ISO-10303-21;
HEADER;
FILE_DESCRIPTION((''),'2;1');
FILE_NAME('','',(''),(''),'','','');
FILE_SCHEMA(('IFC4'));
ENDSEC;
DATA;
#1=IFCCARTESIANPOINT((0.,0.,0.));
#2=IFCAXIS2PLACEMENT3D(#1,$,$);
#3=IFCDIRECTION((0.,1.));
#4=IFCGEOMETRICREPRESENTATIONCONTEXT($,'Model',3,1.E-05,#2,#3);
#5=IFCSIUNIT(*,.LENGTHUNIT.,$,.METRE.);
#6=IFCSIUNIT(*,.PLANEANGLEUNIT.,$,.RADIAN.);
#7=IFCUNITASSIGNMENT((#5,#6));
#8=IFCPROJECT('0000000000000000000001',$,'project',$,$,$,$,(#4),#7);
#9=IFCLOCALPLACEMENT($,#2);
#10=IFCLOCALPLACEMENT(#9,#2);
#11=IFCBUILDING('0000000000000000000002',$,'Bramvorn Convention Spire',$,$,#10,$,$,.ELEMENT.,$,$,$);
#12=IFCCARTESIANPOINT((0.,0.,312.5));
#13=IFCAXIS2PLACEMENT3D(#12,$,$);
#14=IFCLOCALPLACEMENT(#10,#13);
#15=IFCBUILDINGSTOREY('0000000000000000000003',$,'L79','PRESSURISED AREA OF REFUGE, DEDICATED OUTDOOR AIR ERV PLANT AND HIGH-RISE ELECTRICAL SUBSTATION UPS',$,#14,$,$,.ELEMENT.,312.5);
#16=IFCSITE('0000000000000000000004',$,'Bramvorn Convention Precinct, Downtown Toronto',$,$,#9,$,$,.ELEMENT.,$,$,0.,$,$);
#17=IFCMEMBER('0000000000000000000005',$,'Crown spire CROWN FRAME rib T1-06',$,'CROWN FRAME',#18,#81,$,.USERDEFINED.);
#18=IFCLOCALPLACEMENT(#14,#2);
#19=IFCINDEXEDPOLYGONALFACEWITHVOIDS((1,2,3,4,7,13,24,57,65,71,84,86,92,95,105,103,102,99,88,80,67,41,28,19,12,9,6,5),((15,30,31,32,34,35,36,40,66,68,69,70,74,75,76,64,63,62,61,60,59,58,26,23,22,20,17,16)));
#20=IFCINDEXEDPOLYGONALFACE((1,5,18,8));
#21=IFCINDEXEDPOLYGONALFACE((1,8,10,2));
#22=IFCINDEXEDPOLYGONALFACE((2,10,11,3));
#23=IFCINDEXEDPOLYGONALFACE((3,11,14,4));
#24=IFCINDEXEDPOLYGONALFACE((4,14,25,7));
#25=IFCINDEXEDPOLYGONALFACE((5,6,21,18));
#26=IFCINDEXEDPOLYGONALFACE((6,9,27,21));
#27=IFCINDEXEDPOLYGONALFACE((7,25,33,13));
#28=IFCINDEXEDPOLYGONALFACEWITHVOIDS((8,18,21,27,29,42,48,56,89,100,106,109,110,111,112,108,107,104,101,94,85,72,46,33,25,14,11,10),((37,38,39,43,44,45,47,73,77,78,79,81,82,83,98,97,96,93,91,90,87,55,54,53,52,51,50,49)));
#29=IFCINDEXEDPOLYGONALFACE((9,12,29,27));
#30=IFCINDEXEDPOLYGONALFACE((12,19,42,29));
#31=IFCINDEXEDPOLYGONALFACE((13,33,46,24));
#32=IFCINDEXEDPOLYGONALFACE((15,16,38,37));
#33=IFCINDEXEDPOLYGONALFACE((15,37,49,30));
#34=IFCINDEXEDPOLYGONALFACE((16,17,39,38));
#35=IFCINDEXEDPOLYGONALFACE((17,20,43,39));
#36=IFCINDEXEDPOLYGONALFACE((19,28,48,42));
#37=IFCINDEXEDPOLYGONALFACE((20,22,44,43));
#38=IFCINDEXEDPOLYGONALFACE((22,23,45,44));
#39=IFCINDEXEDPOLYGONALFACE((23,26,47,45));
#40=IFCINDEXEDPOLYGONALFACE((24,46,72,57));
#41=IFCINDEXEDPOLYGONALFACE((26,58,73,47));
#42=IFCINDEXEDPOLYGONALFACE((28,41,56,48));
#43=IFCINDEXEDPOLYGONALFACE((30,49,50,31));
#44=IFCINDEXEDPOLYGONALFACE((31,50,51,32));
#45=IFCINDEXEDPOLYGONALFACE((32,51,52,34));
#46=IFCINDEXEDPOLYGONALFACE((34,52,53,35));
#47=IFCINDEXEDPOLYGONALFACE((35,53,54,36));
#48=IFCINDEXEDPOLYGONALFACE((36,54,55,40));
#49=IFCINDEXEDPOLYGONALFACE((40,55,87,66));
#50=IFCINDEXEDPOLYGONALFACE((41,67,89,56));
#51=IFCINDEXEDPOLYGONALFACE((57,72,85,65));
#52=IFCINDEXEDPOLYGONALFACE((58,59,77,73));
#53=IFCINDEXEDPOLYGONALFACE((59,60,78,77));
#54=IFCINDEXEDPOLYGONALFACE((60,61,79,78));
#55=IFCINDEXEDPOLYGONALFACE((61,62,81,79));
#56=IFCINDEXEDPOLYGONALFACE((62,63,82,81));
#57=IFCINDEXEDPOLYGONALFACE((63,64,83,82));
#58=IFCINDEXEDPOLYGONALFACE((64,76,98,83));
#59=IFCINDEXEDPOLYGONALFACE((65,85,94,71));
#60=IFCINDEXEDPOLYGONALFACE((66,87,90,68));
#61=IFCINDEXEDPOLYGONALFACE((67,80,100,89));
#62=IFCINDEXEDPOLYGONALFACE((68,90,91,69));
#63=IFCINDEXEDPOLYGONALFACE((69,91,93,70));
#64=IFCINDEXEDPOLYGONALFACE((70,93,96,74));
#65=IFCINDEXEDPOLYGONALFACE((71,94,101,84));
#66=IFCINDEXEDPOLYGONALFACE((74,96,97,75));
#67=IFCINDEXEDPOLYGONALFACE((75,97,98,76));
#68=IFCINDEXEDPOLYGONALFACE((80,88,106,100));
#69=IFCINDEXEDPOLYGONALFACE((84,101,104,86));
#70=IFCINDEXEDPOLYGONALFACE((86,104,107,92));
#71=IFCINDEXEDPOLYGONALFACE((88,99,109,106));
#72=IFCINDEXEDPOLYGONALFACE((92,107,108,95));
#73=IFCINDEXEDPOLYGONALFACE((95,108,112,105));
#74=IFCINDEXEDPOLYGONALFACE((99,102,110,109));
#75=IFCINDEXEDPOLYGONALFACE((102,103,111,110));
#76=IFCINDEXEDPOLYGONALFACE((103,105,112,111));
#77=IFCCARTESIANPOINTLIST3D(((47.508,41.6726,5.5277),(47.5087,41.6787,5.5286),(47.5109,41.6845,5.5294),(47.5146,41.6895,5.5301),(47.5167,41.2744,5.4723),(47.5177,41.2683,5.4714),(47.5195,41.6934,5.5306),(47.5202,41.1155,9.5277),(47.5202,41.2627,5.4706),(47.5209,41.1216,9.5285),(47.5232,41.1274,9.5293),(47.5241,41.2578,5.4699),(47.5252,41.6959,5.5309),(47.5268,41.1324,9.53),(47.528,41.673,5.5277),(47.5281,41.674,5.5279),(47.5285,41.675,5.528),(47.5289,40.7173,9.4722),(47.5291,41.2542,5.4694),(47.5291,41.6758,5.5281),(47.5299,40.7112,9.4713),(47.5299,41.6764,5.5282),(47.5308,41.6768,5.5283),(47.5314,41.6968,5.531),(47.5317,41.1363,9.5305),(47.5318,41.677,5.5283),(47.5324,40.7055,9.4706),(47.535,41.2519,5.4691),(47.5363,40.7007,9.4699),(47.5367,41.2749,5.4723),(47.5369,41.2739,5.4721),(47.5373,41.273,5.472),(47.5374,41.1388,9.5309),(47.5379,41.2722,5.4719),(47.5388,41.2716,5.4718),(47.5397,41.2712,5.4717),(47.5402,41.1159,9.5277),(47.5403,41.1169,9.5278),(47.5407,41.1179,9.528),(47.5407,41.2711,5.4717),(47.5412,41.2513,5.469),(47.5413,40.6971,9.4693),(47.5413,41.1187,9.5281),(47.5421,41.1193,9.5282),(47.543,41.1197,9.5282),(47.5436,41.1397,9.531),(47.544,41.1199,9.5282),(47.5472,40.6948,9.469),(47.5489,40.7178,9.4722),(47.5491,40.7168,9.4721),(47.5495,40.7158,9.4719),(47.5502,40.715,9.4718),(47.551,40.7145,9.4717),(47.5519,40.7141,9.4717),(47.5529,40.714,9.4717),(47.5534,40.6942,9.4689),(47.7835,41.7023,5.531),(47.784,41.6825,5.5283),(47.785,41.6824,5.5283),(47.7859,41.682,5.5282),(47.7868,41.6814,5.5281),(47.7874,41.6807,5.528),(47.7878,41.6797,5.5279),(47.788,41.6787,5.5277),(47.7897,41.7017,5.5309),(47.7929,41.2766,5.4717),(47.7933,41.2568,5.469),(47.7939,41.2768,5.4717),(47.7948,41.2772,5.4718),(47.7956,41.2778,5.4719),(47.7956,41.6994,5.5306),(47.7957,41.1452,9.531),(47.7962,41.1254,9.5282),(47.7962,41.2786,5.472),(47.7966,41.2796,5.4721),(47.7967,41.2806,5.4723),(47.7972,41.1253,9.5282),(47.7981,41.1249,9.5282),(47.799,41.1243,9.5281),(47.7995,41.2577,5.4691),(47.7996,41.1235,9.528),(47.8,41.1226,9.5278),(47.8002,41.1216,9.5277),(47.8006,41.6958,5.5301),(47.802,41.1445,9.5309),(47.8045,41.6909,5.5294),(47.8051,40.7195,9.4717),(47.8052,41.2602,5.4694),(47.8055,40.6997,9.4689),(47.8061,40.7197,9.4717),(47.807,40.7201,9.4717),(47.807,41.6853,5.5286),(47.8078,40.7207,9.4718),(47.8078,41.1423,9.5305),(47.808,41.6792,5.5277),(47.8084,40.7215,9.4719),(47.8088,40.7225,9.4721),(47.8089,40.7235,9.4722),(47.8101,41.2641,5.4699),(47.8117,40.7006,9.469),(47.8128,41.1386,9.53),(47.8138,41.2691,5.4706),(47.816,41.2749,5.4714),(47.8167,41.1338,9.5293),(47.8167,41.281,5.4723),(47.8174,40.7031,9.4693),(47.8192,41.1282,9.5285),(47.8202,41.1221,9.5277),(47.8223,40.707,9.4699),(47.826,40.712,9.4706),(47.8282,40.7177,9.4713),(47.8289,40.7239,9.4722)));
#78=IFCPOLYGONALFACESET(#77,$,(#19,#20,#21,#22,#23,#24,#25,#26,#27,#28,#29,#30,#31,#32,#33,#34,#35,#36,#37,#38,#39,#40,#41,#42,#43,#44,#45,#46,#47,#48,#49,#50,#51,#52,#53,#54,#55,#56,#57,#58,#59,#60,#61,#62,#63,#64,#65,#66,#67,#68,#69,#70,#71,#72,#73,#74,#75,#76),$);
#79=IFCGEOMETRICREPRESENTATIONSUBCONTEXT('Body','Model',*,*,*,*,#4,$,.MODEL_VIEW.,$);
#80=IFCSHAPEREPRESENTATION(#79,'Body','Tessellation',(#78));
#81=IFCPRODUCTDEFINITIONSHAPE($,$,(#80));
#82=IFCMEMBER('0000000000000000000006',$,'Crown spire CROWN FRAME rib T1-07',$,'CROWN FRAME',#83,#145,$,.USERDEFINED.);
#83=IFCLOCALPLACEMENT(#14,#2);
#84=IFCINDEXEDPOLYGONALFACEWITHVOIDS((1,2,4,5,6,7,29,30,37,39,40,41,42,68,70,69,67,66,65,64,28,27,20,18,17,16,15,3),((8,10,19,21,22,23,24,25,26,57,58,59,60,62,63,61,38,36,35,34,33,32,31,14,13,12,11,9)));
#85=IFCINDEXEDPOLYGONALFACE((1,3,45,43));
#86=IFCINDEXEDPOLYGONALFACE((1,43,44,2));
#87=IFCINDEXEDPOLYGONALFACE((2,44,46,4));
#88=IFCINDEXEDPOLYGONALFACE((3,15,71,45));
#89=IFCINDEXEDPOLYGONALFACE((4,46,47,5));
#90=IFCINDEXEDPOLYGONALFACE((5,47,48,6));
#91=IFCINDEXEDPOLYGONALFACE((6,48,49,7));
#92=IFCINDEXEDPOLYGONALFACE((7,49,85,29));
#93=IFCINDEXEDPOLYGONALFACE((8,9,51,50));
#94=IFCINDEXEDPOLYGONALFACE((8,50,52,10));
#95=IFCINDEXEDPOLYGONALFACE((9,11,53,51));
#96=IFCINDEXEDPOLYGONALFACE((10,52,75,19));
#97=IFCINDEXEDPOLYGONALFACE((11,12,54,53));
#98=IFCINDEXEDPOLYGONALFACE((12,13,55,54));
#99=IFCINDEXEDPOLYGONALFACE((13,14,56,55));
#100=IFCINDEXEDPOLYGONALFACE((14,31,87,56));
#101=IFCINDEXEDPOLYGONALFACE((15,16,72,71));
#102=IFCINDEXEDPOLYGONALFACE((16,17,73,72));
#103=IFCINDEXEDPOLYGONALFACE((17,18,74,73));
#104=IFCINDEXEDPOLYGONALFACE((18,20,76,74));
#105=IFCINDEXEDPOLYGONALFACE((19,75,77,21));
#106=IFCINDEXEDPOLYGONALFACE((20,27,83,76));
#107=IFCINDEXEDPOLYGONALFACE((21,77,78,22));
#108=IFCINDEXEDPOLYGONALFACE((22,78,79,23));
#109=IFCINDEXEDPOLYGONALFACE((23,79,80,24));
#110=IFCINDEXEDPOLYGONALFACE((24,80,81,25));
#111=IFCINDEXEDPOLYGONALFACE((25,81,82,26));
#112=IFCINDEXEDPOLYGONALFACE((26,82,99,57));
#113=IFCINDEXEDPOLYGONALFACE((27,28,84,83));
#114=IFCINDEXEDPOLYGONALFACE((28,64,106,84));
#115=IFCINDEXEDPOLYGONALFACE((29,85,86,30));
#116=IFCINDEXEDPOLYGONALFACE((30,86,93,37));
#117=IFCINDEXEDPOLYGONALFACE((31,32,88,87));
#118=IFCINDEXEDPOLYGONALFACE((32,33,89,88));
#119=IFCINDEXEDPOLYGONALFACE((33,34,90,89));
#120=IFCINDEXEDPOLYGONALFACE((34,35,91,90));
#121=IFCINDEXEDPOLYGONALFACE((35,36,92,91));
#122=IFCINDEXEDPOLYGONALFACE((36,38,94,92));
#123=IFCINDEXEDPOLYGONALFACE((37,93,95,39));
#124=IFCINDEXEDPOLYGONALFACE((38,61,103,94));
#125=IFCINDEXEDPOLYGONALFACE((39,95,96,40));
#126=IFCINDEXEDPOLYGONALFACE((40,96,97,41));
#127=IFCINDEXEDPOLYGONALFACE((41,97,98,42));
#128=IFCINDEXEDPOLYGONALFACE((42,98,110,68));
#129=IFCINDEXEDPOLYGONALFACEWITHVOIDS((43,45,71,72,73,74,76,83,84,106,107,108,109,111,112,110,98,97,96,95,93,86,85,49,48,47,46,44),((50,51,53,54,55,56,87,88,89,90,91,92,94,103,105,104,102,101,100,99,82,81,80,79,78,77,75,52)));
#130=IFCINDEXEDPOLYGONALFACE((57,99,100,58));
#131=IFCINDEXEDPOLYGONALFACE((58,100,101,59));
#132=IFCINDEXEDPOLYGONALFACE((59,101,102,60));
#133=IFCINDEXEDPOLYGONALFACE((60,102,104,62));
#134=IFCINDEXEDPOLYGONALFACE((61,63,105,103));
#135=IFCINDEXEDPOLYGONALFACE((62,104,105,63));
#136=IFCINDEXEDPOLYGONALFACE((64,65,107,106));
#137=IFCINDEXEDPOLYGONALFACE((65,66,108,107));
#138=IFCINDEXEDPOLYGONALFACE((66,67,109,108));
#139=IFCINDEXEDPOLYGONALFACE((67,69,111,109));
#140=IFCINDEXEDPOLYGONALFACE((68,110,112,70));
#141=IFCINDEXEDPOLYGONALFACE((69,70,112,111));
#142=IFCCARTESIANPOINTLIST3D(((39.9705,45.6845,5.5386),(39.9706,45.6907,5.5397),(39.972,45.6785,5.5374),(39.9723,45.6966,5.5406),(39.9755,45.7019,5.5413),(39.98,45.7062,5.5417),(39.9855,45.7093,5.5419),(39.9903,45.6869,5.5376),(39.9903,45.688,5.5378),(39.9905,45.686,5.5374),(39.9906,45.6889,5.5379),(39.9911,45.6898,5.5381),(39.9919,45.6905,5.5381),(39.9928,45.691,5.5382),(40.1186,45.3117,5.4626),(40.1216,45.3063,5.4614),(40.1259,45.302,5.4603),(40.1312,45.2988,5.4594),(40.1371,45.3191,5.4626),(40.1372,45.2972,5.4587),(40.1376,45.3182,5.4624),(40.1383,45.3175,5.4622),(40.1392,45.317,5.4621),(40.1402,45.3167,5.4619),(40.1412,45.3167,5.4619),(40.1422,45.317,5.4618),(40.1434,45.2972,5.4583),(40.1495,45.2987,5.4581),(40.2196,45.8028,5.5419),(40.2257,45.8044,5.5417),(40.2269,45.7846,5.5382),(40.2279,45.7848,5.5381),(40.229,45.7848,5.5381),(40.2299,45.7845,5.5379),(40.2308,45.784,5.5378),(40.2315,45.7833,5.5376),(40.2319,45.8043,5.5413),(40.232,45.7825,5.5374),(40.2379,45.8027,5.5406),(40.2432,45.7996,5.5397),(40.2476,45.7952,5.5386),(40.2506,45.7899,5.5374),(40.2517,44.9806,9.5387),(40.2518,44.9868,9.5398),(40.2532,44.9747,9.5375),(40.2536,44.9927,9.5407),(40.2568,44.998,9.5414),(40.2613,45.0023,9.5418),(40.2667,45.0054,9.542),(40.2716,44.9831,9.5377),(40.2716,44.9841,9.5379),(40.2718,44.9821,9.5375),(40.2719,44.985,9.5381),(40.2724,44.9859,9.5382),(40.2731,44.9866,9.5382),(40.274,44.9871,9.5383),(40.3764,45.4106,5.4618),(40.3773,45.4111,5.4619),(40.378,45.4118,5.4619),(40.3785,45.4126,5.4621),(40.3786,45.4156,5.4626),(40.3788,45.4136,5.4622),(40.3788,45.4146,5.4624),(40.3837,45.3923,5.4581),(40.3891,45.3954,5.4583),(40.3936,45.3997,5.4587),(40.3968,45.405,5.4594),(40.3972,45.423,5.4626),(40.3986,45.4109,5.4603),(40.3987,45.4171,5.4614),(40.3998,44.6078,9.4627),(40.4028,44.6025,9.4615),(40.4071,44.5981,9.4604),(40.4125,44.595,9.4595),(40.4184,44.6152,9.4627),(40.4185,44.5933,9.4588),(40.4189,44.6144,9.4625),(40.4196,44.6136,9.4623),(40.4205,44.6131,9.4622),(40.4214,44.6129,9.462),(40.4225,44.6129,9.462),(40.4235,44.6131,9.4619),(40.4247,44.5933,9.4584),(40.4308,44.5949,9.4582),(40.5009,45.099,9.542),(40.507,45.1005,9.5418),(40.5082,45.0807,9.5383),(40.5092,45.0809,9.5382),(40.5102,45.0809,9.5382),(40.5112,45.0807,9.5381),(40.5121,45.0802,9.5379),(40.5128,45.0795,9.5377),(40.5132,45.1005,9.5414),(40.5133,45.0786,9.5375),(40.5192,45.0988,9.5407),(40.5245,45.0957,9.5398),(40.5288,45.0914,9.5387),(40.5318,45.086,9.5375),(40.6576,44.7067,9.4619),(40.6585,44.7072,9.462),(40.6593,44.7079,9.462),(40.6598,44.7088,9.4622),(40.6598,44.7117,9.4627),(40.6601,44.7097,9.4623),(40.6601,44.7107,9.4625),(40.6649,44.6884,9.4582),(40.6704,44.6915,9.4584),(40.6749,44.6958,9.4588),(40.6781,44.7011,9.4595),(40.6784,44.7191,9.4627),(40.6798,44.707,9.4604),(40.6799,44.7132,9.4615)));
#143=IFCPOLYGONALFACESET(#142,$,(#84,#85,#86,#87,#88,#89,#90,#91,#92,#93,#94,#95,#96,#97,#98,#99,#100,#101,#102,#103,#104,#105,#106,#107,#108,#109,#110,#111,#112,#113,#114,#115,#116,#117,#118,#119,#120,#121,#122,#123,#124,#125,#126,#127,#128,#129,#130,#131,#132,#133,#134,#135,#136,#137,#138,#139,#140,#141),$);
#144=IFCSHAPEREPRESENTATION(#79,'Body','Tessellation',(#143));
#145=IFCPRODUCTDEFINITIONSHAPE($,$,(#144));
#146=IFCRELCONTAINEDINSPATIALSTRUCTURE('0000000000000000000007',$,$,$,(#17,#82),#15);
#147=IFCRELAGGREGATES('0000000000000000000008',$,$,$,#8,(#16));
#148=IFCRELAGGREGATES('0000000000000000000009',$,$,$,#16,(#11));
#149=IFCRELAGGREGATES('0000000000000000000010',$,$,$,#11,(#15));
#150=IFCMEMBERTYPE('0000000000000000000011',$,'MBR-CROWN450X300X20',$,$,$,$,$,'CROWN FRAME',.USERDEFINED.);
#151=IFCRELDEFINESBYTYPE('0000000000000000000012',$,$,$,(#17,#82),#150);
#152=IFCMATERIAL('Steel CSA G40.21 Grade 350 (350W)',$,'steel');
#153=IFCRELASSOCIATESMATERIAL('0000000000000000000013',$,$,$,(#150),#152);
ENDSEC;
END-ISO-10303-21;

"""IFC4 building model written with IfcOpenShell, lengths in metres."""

from ifc_helpers import new_model, si_unit, direction, frame, origin, origin_2d, place, context, subcontext, project, spatial, hollow_rectangle, extrude, material, material_profile, profile_set, type_object, element, save


model = new_model("IFC4")

# Units and contexts
model_context = context("Model", 3, precision=1e-05, world=origin(), true_north=direction((0.0, 1.0)))
body_context = subcontext(model_context, "Body", "Model", "MODEL_VIEW")
ifc_project = project(units=[si_unit("LENGTHUNIT", "METRE"), si_unit("PLANEANGLEUNIT", "RADIAN")], contexts=[model_context])

# Site, building, storey
site_placement = place(None, origin())
site = spatial("IfcSite", under=ifc_project, at=site_placement, Name="Bramvorn Convention Precinct, Downtown Toronto", CompositionType="ELEMENT", RefElevation=0.0)
building_placement = place(site_placement, origin())
building = spatial("IfcBuilding", under=site, at=building_placement, Name="Bramvorn Convention Spire", CompositionType="ELEMENT")
storey_placement = place(building_placement, frame((0.0, 0.0, 312.5)))
storey = spatial("IfcBuildingStorey", under=building, at=storey_placement, Name="L79", Description="PRESSURISED AREA OF REFUGE, DEDICATED OUTDOOR AIR ERV PLANT AND HIGH-RISE ELECTRICAL SUBSTATION UPS", CompositionType="ELEMENT", Elevation=312.5)

# Shared definitions
ifc_material_1 = material(Name="Steel CSA G40.21 Grade 350 (350W)", Category="steel")

# Members
ifc_material_profile_1 = material_profile(ifc_material_1, hollow_rectangle(XDim=0.3, YDim=0.45, WallThickness=0.02, InnerFilletRadius=0.0039, OuterFilletRadius=0.0239, at=origin_2d()))
ifc_profile_set_1 = profile_set([ifc_material_profile_1], Name="Steel CSA G40.21 Grade 350 (350W) - CROWN450X300X20")
member_type_1 = type_object("IfcMemberType", Name="MBR-CROWN450X300X20", ElementType="CROWN FRAME", PredefinedType="USERDEFINED", material=ifc_profile_set_1)
member_1_placement = place(storey_placement, frame((47.6624, 41.4768, 5.5), z_axis=(0.003023, -0.13795, 0.990435), x_axis=(0.99976, 0.021905, 0.0)))
element("IfcMember", 1, at=member_1_placement, inside=storey, type_object=member_type_1, Name="Crown spire CROWN FRAME rib T1-06", ObjectType="CROWN FRAME", PredefinedType="USERDEFINED", context=body_context, shape_type="SweptSolid", body=[
    extrude(hollow_rectangle(XDim=0.3, YDim=0.45, WallThickness=0.02, InnerFilletRadius=0.0039, OuterFilletRadius=0.0239, at=origin_2d()), origin(), (0.0, 0.0, 1.0), 4.0386),
])
member_2_placement = place(storey_placement, frame((40.1846, 45.5508, 5.5), z_axis=(0.069083, -0.172888, 0.982516), x_axis=(0.92861, 0.371057, 0.0)))
element("IfcMember", 2, at=member_2_placement, inside=storey, type_object=member_type_1, Name="Crown spire CROWN FRAME rib T1-07", ObjectType="CROWN FRAME", PredefinedType="USERDEFINED", context=body_context, shape_type="SweptSolid", body=[
    extrude(hollow_rectangle(XDim=0.3, YDim=0.45, WallThickness=0.02, InnerFilletRadius=0.0039, OuterFilletRadius=0.0239, at=origin_2d()), origin(), (0.0, 0.0, 1.0), 4.0713),
])

save(model, "model.ifc")
